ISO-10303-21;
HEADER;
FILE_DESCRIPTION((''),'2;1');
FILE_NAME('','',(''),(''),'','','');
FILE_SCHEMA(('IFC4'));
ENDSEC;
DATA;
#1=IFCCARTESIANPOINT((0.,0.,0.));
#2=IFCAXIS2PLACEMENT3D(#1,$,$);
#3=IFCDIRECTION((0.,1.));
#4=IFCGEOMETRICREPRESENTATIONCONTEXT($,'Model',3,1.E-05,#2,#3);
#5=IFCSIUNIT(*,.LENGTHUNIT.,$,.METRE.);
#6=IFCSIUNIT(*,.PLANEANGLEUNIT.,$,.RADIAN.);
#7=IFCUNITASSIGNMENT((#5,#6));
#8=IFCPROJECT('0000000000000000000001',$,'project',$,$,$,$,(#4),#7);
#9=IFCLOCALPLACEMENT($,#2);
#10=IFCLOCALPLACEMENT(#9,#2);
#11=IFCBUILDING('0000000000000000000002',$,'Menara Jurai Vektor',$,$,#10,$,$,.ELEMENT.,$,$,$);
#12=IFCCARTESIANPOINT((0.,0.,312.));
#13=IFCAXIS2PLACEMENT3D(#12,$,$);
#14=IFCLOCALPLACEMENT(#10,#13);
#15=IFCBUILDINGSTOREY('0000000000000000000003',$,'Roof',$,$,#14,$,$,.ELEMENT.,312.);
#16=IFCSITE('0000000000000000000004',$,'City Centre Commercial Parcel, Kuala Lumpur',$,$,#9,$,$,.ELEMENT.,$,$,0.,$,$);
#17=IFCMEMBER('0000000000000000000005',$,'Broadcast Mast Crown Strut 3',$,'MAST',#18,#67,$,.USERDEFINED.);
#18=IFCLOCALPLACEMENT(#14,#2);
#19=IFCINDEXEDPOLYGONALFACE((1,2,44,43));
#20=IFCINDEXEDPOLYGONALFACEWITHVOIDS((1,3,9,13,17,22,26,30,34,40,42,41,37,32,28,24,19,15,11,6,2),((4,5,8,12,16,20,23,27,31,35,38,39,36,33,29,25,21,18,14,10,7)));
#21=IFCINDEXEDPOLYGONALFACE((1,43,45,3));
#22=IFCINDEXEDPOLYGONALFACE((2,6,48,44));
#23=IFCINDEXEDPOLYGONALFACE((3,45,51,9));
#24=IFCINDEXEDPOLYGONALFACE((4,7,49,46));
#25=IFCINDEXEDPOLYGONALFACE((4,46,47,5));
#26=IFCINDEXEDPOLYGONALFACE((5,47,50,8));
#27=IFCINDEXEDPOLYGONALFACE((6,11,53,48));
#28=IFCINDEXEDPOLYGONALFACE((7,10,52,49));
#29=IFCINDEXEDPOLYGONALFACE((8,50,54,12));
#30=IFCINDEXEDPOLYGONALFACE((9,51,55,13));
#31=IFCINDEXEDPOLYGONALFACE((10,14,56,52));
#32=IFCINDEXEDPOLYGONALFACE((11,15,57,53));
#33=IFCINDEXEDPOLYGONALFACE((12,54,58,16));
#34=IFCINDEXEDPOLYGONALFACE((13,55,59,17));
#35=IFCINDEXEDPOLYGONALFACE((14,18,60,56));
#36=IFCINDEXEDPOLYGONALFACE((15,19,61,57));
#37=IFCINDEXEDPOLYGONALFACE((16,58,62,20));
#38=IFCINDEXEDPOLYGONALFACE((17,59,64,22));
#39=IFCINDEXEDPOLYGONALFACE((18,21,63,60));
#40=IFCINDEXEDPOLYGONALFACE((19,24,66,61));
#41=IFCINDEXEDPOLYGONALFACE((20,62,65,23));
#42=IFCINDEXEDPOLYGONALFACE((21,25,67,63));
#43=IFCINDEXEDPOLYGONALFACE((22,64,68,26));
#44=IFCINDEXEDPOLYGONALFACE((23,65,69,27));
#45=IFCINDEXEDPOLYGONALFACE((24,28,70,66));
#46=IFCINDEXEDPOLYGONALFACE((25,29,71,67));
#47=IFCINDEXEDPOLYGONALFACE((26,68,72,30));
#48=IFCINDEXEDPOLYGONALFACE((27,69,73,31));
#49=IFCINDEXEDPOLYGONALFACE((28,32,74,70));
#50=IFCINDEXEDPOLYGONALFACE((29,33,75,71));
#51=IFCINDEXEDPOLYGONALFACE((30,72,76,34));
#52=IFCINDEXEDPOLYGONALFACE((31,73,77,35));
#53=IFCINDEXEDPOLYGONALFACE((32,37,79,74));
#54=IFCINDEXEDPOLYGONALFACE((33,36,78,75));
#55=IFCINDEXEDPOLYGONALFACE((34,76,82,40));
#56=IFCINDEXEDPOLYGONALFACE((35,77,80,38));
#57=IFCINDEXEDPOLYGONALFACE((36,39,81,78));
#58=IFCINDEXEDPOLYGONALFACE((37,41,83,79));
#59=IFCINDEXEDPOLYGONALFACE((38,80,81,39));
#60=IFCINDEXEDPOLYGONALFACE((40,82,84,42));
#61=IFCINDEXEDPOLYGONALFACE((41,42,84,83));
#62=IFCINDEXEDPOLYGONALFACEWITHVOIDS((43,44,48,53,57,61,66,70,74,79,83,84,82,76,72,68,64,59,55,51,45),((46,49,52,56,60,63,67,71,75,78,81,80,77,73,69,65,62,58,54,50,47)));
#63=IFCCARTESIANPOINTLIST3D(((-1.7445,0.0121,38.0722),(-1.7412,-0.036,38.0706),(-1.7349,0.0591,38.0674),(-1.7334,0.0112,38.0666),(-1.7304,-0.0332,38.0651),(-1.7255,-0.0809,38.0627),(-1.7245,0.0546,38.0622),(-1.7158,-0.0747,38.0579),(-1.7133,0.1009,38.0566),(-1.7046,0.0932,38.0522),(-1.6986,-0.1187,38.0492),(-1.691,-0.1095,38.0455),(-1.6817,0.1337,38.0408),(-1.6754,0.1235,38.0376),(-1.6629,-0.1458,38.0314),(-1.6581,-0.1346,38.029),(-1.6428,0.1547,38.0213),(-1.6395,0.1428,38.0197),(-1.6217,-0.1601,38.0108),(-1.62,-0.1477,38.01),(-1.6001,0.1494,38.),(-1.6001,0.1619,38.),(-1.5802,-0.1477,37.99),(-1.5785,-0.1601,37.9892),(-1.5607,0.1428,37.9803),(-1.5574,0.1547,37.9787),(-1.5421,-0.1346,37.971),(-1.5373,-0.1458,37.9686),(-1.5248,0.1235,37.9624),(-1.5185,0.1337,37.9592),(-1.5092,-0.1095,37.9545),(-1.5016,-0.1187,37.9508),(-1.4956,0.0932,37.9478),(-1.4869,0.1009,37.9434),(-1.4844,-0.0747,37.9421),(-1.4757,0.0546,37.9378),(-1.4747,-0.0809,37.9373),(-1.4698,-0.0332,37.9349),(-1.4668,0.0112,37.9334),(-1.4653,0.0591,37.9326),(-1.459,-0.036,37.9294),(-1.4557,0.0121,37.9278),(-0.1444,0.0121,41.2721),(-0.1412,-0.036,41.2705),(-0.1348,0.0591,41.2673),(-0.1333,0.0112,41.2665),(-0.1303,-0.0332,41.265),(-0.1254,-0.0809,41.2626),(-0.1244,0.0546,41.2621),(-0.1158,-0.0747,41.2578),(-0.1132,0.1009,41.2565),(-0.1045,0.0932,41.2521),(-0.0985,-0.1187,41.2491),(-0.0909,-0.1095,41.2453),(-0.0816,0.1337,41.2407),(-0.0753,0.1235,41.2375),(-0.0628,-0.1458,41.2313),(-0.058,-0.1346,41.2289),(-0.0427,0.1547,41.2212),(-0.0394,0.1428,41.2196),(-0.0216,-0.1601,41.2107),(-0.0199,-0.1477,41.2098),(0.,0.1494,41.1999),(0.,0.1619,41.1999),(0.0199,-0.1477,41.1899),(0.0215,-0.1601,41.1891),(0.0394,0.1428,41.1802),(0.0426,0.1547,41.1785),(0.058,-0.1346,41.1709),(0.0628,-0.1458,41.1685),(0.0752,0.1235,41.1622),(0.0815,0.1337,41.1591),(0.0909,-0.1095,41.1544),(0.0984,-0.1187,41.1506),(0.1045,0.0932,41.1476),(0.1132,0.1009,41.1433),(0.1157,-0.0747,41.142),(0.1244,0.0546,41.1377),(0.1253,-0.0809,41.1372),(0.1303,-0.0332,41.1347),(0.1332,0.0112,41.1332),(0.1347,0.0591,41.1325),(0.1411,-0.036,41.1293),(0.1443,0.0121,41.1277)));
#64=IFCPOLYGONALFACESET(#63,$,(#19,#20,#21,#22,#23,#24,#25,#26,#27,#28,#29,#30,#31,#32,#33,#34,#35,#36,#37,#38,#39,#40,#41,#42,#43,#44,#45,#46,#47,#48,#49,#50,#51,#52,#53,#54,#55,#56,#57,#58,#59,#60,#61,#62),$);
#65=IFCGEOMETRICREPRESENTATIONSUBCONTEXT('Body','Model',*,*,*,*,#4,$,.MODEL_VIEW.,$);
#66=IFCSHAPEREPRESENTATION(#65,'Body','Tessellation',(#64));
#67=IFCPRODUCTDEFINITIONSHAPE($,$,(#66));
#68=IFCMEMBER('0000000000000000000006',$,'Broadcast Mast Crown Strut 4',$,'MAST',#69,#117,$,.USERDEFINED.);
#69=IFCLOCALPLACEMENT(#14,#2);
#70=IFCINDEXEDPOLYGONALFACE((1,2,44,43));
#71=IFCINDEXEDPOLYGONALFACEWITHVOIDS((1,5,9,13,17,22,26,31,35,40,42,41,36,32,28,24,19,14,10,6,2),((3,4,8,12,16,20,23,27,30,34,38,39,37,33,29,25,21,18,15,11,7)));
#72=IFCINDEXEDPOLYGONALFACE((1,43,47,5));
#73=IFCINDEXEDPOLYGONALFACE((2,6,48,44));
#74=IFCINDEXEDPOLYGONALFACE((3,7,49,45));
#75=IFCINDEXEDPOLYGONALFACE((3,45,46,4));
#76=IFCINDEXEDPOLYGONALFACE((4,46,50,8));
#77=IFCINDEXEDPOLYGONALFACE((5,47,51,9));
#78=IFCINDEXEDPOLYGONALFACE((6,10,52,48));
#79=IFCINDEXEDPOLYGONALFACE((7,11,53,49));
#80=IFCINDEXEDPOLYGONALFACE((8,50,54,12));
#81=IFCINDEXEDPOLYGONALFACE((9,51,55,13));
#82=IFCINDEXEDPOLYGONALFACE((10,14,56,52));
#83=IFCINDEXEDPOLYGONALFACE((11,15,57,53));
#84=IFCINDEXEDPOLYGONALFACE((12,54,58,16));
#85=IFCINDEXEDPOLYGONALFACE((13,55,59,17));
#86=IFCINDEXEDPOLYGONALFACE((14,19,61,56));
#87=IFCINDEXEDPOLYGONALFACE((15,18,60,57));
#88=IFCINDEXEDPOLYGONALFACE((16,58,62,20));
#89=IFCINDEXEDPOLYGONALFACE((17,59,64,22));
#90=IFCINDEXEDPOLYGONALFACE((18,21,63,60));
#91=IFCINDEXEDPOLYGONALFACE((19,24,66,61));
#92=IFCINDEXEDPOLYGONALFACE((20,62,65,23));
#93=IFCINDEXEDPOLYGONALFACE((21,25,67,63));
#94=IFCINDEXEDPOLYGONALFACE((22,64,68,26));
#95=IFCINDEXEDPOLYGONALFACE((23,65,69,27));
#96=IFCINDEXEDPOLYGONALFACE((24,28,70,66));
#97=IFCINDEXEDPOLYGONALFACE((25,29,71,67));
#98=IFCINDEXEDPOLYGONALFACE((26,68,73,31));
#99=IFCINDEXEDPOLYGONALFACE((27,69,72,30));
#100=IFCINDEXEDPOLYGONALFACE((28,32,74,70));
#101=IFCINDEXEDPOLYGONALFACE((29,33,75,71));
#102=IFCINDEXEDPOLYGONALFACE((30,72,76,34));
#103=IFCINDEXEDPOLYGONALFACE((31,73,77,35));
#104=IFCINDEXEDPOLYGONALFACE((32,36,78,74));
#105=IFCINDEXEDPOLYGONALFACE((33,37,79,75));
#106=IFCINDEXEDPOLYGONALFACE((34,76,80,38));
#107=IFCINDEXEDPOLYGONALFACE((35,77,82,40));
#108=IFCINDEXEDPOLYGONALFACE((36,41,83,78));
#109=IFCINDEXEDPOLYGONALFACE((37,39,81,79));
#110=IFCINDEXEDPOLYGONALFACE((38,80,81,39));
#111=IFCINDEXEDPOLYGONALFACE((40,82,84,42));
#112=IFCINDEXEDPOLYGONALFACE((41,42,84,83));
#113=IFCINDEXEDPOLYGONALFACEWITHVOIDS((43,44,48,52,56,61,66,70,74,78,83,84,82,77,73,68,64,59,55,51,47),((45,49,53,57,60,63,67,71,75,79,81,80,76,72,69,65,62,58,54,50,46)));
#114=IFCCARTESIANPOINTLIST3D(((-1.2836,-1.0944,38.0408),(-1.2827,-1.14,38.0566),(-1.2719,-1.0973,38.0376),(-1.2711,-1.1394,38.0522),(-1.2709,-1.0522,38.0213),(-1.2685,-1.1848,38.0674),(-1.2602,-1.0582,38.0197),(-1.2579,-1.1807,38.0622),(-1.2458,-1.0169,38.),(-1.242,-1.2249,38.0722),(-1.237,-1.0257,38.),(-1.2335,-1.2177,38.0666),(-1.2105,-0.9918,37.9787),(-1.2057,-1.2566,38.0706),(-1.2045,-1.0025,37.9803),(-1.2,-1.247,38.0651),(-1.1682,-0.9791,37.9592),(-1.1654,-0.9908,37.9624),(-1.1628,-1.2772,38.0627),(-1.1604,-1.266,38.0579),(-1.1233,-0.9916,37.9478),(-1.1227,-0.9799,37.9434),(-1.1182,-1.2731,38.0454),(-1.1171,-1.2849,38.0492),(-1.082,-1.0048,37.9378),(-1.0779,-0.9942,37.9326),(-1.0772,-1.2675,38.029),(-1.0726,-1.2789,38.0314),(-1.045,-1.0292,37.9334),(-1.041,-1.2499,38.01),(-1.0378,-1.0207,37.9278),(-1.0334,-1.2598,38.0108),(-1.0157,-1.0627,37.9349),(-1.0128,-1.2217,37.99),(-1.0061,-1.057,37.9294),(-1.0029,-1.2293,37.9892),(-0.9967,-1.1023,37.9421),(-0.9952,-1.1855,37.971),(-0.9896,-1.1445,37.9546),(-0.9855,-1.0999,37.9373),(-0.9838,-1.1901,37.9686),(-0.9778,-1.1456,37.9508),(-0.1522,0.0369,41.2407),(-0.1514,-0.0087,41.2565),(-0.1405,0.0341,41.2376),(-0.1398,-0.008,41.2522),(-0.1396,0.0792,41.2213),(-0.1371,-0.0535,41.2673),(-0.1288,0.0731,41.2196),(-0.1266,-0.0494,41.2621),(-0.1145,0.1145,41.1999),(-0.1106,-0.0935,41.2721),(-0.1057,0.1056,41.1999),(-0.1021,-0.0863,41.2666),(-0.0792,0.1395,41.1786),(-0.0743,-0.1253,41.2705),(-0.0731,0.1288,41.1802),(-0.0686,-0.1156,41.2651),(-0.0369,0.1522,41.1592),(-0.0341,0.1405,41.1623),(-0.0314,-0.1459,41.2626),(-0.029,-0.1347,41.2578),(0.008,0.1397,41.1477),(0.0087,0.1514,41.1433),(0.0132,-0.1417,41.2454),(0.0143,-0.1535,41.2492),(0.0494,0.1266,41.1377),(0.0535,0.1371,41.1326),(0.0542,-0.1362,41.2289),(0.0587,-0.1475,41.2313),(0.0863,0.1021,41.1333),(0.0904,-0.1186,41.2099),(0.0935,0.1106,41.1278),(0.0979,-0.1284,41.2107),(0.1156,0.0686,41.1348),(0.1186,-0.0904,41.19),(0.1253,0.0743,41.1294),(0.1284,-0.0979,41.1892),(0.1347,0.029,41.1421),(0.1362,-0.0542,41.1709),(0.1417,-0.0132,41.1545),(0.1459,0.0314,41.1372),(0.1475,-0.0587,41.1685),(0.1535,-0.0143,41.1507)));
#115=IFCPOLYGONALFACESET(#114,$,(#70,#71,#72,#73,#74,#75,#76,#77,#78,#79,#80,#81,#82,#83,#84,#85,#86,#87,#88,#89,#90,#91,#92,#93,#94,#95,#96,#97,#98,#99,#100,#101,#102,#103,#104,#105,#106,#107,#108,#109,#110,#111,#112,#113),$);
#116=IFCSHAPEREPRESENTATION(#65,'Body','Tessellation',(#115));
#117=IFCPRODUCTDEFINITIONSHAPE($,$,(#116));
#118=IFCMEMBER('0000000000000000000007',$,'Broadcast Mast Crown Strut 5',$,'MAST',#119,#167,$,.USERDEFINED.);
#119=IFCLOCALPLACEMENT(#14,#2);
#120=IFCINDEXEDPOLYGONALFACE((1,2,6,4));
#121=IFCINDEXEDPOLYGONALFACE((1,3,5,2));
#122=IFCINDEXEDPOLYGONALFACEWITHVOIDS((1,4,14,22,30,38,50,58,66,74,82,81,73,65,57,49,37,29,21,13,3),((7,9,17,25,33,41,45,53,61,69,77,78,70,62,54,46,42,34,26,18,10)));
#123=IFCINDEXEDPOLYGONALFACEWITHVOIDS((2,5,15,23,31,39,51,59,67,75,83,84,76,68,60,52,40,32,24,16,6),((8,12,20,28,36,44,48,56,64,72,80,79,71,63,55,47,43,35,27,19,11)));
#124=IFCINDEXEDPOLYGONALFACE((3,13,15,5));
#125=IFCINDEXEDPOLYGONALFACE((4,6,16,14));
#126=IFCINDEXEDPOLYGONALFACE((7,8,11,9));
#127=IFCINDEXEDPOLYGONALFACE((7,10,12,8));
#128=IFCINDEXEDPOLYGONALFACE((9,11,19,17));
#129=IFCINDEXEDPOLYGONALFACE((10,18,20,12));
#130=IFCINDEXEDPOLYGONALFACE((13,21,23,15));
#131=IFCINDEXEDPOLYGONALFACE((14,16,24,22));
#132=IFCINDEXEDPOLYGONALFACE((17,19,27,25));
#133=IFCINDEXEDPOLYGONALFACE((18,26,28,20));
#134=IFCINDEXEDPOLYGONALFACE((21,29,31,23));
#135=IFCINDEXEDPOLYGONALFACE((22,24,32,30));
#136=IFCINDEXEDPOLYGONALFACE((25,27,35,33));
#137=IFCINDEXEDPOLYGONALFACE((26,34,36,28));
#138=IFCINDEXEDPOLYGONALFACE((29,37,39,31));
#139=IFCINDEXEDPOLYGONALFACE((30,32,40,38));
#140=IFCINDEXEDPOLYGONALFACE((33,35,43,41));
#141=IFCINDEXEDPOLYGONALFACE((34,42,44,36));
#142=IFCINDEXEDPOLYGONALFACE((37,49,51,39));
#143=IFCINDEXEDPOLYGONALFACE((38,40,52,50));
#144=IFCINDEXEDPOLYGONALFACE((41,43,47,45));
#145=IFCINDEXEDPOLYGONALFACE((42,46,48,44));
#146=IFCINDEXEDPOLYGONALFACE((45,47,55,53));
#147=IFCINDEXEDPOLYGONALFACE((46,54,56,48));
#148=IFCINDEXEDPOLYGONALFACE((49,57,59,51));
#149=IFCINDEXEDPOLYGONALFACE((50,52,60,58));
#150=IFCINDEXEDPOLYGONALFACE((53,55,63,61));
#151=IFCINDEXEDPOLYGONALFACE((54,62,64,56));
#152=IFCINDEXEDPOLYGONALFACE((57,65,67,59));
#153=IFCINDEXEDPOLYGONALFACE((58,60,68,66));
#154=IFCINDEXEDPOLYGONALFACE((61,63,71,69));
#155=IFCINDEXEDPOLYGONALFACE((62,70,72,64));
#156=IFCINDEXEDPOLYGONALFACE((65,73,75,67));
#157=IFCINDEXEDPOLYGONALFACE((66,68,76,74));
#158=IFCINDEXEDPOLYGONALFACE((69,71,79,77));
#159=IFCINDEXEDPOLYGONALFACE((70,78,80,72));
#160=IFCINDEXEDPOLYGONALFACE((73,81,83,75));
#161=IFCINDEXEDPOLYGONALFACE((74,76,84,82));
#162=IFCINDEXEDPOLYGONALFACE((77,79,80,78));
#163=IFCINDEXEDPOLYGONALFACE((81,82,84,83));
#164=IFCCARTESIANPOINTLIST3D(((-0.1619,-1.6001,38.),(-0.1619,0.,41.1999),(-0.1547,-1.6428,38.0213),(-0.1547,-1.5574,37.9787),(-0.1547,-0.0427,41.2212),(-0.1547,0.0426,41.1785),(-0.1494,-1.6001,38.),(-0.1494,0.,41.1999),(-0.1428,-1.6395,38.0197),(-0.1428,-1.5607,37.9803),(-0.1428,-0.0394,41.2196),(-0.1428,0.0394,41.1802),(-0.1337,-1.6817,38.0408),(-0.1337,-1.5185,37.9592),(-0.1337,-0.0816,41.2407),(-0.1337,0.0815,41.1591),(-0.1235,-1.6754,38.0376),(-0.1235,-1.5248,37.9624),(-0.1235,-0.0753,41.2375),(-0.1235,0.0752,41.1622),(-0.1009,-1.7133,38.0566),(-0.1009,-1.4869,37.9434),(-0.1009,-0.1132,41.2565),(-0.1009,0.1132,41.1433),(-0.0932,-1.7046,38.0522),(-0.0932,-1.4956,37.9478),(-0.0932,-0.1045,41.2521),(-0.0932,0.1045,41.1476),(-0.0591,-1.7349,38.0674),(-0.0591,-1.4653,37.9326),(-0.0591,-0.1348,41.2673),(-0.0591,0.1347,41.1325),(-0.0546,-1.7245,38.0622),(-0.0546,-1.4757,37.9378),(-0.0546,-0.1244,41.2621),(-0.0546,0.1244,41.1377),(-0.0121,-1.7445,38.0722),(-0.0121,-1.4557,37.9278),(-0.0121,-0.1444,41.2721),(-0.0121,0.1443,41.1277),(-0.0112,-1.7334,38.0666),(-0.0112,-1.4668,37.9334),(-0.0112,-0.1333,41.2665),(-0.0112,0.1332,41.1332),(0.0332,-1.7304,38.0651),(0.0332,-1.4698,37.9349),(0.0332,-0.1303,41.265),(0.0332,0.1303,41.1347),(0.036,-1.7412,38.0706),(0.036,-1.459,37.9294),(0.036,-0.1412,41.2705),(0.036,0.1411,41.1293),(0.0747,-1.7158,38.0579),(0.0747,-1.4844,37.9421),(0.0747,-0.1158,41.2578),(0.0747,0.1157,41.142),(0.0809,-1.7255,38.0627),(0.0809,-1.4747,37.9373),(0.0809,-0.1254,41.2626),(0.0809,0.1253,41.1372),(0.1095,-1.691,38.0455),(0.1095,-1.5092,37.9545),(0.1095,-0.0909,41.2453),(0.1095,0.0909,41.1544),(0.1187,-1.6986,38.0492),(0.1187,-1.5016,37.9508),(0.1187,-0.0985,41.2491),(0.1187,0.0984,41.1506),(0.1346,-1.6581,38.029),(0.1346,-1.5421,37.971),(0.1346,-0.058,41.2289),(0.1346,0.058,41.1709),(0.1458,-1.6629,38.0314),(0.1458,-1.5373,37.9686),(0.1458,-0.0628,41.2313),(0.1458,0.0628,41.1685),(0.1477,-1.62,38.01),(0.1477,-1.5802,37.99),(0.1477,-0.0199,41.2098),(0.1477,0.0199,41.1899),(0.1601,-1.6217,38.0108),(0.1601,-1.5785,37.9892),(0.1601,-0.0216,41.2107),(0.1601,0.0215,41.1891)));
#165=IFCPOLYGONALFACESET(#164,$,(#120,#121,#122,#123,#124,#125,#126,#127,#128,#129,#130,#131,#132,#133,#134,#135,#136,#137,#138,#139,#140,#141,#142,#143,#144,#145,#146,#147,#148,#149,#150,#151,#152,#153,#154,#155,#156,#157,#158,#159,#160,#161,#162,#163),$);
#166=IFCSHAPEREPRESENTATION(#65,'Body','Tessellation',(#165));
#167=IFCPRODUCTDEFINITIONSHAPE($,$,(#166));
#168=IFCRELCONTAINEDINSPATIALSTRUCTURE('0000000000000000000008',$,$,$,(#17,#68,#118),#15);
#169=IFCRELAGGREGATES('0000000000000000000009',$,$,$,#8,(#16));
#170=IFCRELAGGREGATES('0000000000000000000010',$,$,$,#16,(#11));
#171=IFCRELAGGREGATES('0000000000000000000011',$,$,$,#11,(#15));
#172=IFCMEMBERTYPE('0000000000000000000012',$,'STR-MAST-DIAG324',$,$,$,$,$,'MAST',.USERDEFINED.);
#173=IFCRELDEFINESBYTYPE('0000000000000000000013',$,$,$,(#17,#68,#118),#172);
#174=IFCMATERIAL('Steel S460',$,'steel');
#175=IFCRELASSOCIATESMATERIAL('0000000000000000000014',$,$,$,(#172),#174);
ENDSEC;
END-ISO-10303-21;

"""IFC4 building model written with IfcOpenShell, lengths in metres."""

from ifc_helpers import new_model, si_unit, direction, frame, origin, origin_2d, place, context, subcontext, project, spatial, hollow_circle, extrude, material, material_profile, profile_set, type_object, element, save


model = new_model("IFC4")

# Units and contexts
model_context = context("Model", 3, precision=1e-05, world=origin(), true_north=direction((0.0, 1.0)))
body_context = subcontext(model_context, "Body", "Model", "MODEL_VIEW")
ifc_project = project(units=[si_unit("LENGTHUNIT", "METRE"), si_unit("PLANEANGLEUNIT", "RADIAN")], contexts=[model_context])

# Site, building, storey
site_placement = place(None, origin())
site = spatial("IfcSite", under=ifc_project, at=site_placement, Name="City Centre Commercial Parcel, Kuala Lumpur", CompositionType="ELEMENT", RefElevation=0.0)
building_placement = place(site_placement, origin())
building = spatial("IfcBuilding", under=site, at=building_placement, Name="Menara Jurai Vektor", CompositionType="ELEMENT")
storey_placement = place(building_placement, frame((0.0, 0.0, 312.0)))
storey = spatial("IfcBuildingStorey", under=building, at=storey_placement, Name="Roof", CompositionType="ELEMENT", Elevation=312.0)

# Members
ifc_material = material(Name="Steel S460", Category="steel")
ifc_material_profile_1 = material_profile(ifc_material, hollow_circle(Radius=0.1619, WallThickness=0.0125, at=origin_2d()), Name="CHS 323.9x12.5")
ifc_profile_set_1 = profile_set([ifc_material_profile_1], Name="Steel S460")
member_type_1 = type_object("IfcMemberType", Name="STR-MAST-DIAG324", ElementType="MAST", PredefinedType="USERDEFINED", material=ifc_profile_set_1)
for number, where, z_axis, x_axis, name in (
    (1, (-1.6001, 0.0, 38.0), (0.447241, 0.0, 0.894414), (0.0, 1.0, 0.0), "Broadcast Mast Crown Strut 3"),
    (2, (-1.1313, -1.1313, 38.0), (0.316226, 0.316226, 0.894428), (-0.707107, 0.707107, 0.0), "Broadcast Mast Crown Strut 4"),
    (3, (0.0, -1.6001, 38.0), (0.0, 0.447241, 0.894414), (-1.0, 0.0, 0.0), "Broadcast Mast Crown Strut 5"),
):
    element("IfcMember", number, at=place(storey_placement, frame(where, z_axis=z_axis, x_axis=x_axis)), inside=storey, type_object=member_type_1, Name=name, ObjectType="MAST", PredefinedType="USERDEFINED", context=body_context, shape_type="SweptSolid", body=[
        extrude(hollow_circle(Radius=0.1619, WallThickness=0.0125, at=origin_2d()), origin(), (0.0, 0.0, 1.0), 3.5776),
    ])

save(model, "model.ifc")
